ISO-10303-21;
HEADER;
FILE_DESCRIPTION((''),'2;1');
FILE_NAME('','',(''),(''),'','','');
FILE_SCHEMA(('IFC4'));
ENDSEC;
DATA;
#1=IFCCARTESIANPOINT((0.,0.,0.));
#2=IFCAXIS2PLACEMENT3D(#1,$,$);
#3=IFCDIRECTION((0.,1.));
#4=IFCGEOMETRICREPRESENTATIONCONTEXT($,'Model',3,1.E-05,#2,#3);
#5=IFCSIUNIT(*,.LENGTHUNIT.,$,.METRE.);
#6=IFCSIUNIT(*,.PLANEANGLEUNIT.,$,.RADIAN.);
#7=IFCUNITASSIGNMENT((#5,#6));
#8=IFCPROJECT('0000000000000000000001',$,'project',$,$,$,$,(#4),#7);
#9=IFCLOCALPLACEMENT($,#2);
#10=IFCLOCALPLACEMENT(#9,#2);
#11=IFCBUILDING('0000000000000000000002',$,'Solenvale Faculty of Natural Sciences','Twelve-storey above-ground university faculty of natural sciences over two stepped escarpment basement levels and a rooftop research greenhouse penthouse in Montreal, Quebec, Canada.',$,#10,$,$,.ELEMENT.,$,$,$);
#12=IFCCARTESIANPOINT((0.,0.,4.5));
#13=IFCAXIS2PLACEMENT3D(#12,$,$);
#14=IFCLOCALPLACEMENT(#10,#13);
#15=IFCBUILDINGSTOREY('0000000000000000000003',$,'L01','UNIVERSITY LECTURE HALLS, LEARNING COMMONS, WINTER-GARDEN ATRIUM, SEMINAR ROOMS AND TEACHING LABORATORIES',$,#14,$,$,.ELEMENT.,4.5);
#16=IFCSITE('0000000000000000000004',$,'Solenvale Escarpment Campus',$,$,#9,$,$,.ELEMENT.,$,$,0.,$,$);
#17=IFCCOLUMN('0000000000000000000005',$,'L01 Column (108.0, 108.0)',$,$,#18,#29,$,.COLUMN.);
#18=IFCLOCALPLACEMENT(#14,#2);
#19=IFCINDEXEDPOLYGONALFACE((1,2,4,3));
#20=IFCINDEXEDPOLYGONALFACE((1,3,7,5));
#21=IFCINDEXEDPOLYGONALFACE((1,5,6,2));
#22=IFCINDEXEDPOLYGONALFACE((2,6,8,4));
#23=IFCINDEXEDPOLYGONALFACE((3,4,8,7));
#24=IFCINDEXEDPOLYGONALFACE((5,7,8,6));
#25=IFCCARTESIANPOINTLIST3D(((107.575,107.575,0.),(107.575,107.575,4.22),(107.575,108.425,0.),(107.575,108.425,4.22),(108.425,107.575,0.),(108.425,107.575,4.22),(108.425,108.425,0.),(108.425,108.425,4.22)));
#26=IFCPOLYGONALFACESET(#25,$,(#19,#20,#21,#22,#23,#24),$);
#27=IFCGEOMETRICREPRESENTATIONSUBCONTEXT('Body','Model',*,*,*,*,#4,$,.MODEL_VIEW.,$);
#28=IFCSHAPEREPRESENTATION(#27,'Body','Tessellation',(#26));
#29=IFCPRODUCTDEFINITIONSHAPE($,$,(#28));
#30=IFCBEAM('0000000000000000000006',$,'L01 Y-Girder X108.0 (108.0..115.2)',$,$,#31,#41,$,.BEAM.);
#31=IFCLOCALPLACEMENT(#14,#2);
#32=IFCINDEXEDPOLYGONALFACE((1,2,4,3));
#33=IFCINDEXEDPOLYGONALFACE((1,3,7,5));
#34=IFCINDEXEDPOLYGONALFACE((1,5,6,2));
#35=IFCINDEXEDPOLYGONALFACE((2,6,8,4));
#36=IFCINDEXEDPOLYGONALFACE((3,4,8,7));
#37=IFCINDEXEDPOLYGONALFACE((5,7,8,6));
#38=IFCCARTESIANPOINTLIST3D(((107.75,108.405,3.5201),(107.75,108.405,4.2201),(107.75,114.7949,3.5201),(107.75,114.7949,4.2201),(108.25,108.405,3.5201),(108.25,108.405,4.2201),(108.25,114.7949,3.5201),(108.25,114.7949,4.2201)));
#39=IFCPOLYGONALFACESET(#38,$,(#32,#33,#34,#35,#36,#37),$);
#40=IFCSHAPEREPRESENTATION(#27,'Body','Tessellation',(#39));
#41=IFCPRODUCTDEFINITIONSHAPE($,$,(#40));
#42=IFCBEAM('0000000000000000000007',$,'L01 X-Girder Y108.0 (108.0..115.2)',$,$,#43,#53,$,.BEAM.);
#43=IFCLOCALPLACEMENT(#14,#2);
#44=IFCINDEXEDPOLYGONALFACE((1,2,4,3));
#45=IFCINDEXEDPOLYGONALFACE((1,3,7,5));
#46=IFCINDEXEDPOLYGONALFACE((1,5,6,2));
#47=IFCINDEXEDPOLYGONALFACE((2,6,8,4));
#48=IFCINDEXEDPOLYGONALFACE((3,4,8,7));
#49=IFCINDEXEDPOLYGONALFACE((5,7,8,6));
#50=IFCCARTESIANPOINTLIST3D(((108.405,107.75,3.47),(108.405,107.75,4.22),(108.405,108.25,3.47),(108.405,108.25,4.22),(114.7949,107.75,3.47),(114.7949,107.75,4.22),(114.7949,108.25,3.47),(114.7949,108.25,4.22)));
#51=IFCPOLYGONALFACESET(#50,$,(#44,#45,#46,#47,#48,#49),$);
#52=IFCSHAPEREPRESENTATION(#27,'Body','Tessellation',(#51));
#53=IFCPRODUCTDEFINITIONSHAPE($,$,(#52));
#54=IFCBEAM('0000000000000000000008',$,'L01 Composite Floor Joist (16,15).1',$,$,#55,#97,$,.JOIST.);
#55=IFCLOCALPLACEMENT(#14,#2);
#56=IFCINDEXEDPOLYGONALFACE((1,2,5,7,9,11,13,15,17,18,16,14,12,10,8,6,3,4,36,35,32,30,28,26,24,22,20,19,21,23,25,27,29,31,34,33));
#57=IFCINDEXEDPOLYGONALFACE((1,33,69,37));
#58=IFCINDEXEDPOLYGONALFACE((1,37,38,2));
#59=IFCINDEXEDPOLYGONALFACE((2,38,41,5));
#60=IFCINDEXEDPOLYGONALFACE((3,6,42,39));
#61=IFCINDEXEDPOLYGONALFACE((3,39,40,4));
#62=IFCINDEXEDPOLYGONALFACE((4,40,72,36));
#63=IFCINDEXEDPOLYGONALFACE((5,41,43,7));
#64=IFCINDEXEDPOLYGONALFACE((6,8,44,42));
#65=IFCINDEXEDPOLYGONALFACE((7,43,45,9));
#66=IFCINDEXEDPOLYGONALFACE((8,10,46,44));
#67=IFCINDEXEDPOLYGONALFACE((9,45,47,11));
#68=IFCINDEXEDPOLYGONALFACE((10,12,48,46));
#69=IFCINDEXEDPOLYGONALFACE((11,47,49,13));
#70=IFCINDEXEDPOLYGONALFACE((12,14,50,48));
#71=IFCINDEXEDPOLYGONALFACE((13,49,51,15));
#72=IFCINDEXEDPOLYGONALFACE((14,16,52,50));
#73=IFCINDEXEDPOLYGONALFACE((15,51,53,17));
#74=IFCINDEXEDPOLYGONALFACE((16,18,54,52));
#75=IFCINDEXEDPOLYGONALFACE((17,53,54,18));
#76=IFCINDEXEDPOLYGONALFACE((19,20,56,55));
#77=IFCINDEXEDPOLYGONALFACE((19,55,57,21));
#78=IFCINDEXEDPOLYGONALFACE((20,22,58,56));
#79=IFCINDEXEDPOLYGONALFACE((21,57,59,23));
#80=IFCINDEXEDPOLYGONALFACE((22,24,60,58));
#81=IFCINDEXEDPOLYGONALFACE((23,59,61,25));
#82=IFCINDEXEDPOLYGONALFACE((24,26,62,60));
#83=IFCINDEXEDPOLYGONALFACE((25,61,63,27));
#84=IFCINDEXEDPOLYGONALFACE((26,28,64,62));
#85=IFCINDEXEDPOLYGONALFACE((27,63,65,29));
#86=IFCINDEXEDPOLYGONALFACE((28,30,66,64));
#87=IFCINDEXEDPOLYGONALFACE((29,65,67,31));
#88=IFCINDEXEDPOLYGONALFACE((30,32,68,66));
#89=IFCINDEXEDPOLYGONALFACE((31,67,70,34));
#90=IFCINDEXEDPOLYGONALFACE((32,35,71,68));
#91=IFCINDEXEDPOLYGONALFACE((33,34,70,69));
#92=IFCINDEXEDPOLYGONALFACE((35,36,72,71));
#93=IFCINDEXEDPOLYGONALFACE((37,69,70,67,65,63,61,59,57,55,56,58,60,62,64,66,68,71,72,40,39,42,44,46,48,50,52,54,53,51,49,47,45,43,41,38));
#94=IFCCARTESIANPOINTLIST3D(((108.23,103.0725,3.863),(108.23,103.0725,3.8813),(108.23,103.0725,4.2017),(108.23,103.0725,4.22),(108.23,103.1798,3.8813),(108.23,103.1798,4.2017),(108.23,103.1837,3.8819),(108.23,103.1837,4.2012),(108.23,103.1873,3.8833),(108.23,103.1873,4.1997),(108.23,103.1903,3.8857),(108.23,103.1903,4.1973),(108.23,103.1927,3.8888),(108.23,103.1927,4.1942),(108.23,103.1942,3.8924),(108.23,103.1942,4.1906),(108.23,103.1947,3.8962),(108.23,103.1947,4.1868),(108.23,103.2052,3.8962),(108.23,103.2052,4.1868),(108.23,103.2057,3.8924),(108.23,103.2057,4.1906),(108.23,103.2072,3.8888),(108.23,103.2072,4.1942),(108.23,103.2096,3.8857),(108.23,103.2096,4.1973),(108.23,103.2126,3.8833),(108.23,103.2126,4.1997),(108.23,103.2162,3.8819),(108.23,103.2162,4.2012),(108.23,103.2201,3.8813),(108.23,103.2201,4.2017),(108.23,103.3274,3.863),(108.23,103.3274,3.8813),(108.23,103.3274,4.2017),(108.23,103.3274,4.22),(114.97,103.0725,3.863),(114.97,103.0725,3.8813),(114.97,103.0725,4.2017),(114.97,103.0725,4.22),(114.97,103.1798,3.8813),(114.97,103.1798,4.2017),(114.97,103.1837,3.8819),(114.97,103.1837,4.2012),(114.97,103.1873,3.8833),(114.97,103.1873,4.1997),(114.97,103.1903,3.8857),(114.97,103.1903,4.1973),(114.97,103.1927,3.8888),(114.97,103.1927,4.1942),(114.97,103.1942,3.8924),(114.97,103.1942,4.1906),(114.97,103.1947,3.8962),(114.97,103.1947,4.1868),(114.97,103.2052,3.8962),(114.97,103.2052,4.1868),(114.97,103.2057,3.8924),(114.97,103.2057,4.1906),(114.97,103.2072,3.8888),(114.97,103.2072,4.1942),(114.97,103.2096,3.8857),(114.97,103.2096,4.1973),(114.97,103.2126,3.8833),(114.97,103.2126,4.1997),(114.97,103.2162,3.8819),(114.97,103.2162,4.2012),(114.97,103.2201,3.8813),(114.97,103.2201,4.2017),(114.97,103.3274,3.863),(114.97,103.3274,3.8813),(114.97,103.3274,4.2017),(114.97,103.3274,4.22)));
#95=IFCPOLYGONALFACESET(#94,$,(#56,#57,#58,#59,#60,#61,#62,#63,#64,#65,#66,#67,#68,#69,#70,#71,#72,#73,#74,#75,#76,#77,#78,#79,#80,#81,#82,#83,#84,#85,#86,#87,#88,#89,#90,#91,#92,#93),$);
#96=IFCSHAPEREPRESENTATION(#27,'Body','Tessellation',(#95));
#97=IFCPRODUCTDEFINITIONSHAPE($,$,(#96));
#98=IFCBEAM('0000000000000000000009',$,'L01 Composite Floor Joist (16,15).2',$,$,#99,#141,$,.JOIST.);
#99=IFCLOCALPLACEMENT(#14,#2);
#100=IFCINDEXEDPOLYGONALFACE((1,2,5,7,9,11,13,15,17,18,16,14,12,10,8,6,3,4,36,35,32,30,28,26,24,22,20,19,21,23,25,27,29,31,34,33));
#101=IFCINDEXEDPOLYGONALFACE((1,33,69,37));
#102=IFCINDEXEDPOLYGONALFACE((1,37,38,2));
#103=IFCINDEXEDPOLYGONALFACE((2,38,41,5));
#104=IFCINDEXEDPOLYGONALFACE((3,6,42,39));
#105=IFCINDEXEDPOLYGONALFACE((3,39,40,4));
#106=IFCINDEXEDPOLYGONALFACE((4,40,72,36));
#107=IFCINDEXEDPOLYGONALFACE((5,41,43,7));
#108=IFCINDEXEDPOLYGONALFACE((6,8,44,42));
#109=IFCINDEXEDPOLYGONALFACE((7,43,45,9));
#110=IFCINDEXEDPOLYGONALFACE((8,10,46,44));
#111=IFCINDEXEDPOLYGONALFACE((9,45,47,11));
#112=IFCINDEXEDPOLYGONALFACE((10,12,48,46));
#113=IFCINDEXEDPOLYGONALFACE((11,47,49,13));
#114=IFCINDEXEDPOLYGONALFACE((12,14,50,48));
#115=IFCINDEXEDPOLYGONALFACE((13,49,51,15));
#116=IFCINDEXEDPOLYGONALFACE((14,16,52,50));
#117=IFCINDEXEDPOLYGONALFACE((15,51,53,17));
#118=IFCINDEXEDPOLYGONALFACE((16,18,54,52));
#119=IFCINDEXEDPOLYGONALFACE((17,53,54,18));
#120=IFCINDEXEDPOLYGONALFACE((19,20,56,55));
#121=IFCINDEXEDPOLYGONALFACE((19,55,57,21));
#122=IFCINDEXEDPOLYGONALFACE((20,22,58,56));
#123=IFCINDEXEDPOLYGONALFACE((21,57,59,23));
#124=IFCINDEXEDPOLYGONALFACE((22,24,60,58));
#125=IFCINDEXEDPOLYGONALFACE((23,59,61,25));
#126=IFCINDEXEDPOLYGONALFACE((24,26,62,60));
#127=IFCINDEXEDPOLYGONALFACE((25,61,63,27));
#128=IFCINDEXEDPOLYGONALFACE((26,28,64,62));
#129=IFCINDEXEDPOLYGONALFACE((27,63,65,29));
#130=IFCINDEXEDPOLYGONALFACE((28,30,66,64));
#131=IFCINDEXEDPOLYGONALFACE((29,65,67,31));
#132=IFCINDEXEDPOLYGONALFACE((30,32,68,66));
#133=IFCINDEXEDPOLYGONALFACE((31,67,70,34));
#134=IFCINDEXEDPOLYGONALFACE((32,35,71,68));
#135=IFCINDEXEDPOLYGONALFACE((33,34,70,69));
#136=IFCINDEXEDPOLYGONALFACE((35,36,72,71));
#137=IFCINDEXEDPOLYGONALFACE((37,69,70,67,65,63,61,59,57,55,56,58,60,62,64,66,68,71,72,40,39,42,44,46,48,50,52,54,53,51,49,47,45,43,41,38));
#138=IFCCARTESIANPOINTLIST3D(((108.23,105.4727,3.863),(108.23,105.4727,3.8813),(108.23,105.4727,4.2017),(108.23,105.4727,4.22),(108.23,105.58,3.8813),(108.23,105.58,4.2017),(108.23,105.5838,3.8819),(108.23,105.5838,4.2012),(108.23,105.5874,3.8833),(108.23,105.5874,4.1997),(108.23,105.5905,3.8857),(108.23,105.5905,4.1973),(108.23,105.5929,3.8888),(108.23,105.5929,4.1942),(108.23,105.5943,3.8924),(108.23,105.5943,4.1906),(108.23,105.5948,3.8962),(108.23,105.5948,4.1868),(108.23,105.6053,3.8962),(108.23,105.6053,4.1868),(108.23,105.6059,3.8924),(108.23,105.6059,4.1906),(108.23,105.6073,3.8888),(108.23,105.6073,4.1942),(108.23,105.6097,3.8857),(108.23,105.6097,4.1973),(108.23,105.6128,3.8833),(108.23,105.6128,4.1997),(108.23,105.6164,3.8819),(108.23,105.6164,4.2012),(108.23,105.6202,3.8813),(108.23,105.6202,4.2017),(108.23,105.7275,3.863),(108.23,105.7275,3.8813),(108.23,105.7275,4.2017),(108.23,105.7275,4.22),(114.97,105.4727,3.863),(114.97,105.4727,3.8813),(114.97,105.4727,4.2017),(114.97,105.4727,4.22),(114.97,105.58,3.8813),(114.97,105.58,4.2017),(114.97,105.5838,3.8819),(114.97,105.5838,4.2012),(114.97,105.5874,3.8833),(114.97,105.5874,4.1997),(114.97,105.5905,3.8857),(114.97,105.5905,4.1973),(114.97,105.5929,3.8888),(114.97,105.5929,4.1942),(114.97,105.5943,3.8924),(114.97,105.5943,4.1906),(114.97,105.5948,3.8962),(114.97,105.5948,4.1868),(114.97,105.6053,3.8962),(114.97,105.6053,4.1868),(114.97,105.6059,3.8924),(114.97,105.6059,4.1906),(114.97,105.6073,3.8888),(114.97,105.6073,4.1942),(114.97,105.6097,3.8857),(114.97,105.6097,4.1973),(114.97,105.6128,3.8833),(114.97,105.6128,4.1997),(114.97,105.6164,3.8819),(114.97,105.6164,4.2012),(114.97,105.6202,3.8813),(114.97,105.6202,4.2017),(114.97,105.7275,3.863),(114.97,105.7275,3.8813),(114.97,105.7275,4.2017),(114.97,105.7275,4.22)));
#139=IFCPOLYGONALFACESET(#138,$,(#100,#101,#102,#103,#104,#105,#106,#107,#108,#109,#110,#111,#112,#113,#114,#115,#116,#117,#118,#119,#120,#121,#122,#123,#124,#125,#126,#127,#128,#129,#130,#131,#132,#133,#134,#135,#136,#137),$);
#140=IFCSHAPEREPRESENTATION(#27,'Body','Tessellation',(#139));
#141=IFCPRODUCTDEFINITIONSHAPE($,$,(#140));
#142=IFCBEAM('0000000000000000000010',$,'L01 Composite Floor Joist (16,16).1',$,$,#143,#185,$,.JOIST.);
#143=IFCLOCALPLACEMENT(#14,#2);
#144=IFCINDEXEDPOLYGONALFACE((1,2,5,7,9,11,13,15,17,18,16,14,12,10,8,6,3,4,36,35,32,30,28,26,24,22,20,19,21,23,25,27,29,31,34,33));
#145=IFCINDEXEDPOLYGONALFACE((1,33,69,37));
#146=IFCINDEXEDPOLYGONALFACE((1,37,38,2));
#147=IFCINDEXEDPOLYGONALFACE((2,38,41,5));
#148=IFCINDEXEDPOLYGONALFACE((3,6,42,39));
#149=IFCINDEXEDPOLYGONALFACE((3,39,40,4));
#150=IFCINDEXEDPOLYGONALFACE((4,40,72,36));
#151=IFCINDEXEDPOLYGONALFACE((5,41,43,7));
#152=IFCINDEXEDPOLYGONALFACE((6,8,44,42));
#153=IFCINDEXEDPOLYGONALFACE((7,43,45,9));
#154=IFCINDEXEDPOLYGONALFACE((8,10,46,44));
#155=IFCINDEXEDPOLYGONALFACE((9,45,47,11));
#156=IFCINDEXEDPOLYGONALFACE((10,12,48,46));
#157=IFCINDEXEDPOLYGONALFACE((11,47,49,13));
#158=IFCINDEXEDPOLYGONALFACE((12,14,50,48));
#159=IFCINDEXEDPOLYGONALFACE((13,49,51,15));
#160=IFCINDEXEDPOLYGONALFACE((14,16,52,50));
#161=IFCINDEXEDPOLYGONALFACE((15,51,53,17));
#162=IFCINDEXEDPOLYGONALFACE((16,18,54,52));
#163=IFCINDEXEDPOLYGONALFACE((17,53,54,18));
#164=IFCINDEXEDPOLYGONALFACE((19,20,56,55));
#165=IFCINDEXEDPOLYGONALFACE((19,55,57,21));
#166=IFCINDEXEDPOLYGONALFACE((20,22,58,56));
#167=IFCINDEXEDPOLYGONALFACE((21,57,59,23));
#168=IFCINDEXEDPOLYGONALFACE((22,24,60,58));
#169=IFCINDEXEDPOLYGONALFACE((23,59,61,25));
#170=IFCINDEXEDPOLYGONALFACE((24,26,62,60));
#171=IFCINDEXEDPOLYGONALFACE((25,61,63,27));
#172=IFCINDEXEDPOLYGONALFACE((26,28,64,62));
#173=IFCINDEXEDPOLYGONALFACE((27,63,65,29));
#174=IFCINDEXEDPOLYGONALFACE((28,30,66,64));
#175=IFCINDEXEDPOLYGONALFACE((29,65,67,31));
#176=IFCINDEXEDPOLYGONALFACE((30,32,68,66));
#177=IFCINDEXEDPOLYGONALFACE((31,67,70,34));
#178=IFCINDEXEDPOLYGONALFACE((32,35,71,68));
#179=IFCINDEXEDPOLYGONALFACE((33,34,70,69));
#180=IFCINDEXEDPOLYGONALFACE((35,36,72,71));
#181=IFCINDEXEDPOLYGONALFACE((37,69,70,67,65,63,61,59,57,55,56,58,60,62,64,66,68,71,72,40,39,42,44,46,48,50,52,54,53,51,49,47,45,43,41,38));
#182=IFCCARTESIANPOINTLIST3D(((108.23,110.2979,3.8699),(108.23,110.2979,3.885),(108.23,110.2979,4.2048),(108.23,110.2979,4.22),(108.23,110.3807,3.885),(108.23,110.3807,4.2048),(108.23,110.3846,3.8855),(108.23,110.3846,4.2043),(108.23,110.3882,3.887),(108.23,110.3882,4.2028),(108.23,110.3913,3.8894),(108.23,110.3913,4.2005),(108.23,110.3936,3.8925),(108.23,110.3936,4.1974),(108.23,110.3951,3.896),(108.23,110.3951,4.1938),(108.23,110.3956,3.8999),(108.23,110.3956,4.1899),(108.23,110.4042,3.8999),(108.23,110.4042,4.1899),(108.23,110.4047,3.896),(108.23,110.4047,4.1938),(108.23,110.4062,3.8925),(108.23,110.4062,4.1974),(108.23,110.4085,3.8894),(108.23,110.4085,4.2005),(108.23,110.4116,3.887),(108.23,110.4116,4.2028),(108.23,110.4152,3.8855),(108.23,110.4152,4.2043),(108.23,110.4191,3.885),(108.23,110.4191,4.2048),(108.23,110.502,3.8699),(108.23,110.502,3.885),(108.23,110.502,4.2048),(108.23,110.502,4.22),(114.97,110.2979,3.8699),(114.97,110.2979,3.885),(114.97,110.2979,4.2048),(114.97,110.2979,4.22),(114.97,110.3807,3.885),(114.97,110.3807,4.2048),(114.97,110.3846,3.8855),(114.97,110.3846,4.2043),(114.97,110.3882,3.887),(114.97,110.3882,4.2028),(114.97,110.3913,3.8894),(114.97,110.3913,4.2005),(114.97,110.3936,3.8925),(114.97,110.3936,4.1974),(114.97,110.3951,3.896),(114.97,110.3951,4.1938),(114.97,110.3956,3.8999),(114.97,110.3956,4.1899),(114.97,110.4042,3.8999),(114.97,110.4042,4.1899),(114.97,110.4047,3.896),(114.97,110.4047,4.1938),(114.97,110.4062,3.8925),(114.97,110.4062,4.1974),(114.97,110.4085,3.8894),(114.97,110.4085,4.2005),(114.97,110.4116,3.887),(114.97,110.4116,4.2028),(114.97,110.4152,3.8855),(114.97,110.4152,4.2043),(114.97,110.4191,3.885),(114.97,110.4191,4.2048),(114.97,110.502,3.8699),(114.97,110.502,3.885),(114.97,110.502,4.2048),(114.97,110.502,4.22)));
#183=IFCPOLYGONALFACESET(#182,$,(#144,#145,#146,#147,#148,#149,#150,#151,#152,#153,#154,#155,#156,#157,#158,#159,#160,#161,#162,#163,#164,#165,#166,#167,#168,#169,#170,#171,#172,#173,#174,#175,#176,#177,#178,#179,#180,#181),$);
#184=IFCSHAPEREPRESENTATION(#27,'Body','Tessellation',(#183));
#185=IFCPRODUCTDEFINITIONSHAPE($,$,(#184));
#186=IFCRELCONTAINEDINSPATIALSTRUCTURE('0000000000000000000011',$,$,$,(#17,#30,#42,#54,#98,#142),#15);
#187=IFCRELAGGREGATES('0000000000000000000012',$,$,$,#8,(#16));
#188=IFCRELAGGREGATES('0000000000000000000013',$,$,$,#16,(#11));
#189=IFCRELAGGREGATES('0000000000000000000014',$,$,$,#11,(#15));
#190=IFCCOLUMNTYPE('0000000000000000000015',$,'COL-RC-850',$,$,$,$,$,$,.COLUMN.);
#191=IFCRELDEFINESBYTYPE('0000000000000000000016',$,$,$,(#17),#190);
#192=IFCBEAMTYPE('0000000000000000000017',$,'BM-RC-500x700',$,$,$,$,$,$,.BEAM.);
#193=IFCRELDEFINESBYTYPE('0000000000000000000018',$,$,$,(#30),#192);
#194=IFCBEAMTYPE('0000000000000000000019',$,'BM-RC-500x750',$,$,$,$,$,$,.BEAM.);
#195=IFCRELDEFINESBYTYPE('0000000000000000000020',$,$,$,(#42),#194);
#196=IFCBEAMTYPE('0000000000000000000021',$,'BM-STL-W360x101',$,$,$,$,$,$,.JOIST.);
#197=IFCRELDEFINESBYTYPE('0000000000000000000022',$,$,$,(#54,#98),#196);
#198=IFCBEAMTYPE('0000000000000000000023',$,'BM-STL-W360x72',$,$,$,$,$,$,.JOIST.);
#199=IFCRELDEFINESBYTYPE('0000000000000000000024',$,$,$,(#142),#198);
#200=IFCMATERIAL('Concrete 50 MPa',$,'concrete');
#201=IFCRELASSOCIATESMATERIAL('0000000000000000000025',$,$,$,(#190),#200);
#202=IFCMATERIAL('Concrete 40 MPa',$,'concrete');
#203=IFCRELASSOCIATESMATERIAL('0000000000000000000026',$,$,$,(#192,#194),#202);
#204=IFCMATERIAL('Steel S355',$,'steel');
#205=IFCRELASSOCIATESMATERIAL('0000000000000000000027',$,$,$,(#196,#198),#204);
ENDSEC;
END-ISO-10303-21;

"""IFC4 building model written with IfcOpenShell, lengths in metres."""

from ifc_helpers import new_model, si_unit, direction, frame, origin, origin_2d, place, context, subcontext, project, spatial, rectangle, i_section, extrude, material, material_profile, profile_set, type_object, element, save


model = new_model("IFC4")

# Units and contexts
model_context = context("Model", 3, precision=1e-05, world=origin(), true_north=direction((0.0, 1.0)))
body_context = subcontext(model_context, "Body", "Model", "MODEL_VIEW")
ifc_project = project(units=[si_unit("LENGTHUNIT", "METRE"), si_unit("PLANEANGLEUNIT", "RADIAN")], contexts=[model_context])

# Site, building, storey
site_placement = place(None, origin())
site = spatial("IfcSite", under=ifc_project, at=site_placement, Name="Solenvale Escarpment Campus", CompositionType="ELEMENT", RefElevation=0.0)
building_placement = place(site_placement, origin())
building = spatial("IfcBuilding", under=site, at=building_placement, Name="Solenvale Faculty of Natural Sciences", Description="Twelve-storey above-ground university faculty of natural sciences over two stepped escarpment basement levels and a rooftop research greenhouse penthouse in Montreal, Quebec, Canada.", CompositionType="ELEMENT")
storey_placement = place(building_placement, frame((0.0, 0.0, 4.5)))
storey = spatial("IfcBuildingStorey", under=building, at=storey_placement, Name="L01", Description="UNIVERSITY LECTURE HALLS, LEARNING COMMONS, WINTER-GARDEN ATRIUM, SEMINAR ROOMS AND TEACHING LABORATORIES", CompositionType="ELEMENT", Elevation=4.5)

# Column
ifc_material_1 = material(Name="Concrete 50 MPa", Category="concrete")
ifc_material_profile_1 = material_profile(ifc_material_1, rectangle(XDim=0.8501, YDim=0.8501, at=origin_2d()), Name="RC-COL-850x850")
ifc_profile_set_1 = profile_set([ifc_material_profile_1], Name="Concrete 50 MPa")
column_type = type_object("IfcColumnType", Name="COL-RC-850", PredefinedType="COLUMN", material=ifc_profile_set_1)
column_placement = place(storey_placement, frame((108.0, 108.0, 0.0), z_axis=(0.0, 0.0, 1.0), x_axis=(1.0, 0.0, 0.0)))
element("IfcColumn", 1, at=column_placement, inside=storey, type_object=column_type, Name="L01 Column (108.0, 108.0)", PredefinedType="COLUMN", context=body_context, shape_type="SweptSolid", body=[
    extrude(rectangle(XDim=0.8501, YDim=0.8501, at=origin_2d()), origin(), (0.0, 0.0, 1.0), 4.22),
])

# Beams
ifc_material_2 = material(Name="Concrete 40 MPa", Category="concrete")
ifc_material_profile_2 = material_profile(ifc_material_2, rectangle(XDim=0.5, YDim=0.7, at=origin_2d()), Name="RC-BM-500x700")
ifc_profile_set_2 = profile_set([ifc_material_profile_2], Name="Concrete 40 MPa")
beam_type_1 = type_object("IfcBeamType", Name="BM-RC-500x700", PredefinedType="BEAM", material=ifc_profile_set_2)
beam_1_placement = place(storey_placement, frame((108.0, 108.405, 3.8701), z_axis=(0.0, 1.0, 0.0), x_axis=(-1.0, 0.0, 0.0)))
element("IfcBeam", 2, at=beam_1_placement, inside=storey, type_object=beam_type_1, Name="L01 Y-Girder X108.0 (108.0..115.2)", PredefinedType="BEAM", context=body_context, shape_type="SweptSolid", body=[
    extrude(rectangle(XDim=0.5, YDim=0.7, at=origin_2d()), origin(), (0.0, 0.0, 1.0), 6.3899),
])
ifc_material_profile_3 = material_profile(ifc_material_2, rectangle(XDim=0.5, YDim=0.75, at=origin_2d()), Name="RC-BM-500x750")
ifc_profile_set_3 = profile_set([ifc_material_profile_3], Name="Concrete 40 MPa")
beam_type_2 = type_object("IfcBeamType", Name="BM-RC-500x750", PredefinedType="BEAM", material=ifc_profile_set_3)
beam_2_placement = place(storey_placement, frame((108.405, 108.0, 3.845), z_axis=(1.0, 0.0, 0.0), x_axis=(0.0, 1.0, 0.0)))
element("IfcBeam", 3, at=beam_2_placement, inside=storey, type_object=beam_type_2, Name="L01 X-Girder Y108.0 (108.0..115.2)", PredefinedType="BEAM", context=body_context, shape_type="SweptSolid", body=[
    extrude(rectangle(XDim=0.5, YDim=0.75, at=origin_2d()), origin(), (0.0, 0.0, 1.0), 6.3899),
])
ifc_material_3 = material(Name="Steel S355", Category="steel")
ifc_material_profile_4 = material_profile(ifc_material_3, i_section(OverallWidth=0.2549, OverallDepth=0.3569, WebThickness=0.0105, FlangeThickness=0.0183, FilletRadius=0.0149, at=origin_2d()), Name="W360x101")
ifc_profile_set_4 = profile_set([ifc_material_profile_4], Name="Steel S355")
beam_type_3 = type_object("IfcBeamType", Name="BM-STL-W360x101", PredefinedType="JOIST", material=ifc_profile_set_4)
for number, where, z_axis, x_axis, name in (
    (4, (108.23, 103.2, 4.0415), (1.0, 0.0, 0.0), (0.0, 1.0, 0.0), "L01 Composite Floor Joist (16,15).1"),
    (5, (108.23, 105.6001, 4.0415), (1.0, 0.0, 0.0), (0.0, 1.0, 0.0), "L01 Composite Floor Joist (16,15).2"),
):
    element("IfcBeam", number, at=place(storey_placement, frame(where, z_axis=z_axis, x_axis=x_axis)), inside=storey, type_object=beam_type_3, Name=name, PredefinedType="JOIST", context=body_context, shape_type="SweptSolid", body=[
        extrude(i_section(OverallWidth=0.2549, OverallDepth=0.3569, WebThickness=0.0105, FlangeThickness=0.0183, FilletRadius=0.0149, at=origin_2d()), origin(), (0.0, 0.0, 1.0), 6.74),
    ])
ifc_material_profile_5 = material_profile(ifc_material_3, i_section(OverallWidth=0.2041, OverallDepth=0.3501, WebThickness=0.0085, FlangeThickness=0.0151, FilletRadius=0.0149, at=origin_2d()), Name="W360x72")
ifc_profile_set_5 = profile_set([ifc_material_profile_5], Name="Steel S355")
beam_type_4 = type_object("IfcBeamType", Name="BM-STL-W360x72", PredefinedType="JOIST", material=ifc_profile_set_5)
for number, where, z_axis, x_axis, name in (
    (6, (108.23, 110.3999, 4.0449), (1.0, 0.0, 0.0), (0.0, 1.0, 0.0), "L01 Composite Floor Joist (16,16).1"),
):
    element("IfcBeam", number, at=place(storey_placement, frame(where, z_axis=z_axis, x_axis=x_axis)), inside=storey, type_object=beam_type_4, Name=name, PredefinedType="JOIST", context=body_context, shape_type="SweptSolid", body=[
        extrude(i_section(OverallWidth=0.2041, OverallDepth=0.3501, WebThickness=0.0085, FlangeThickness=0.0151, FilletRadius=0.0149, at=origin_2d()), origin(), (0.0, 0.0, 1.0), 6.74),
    ])

save(model, "model.ifc")
